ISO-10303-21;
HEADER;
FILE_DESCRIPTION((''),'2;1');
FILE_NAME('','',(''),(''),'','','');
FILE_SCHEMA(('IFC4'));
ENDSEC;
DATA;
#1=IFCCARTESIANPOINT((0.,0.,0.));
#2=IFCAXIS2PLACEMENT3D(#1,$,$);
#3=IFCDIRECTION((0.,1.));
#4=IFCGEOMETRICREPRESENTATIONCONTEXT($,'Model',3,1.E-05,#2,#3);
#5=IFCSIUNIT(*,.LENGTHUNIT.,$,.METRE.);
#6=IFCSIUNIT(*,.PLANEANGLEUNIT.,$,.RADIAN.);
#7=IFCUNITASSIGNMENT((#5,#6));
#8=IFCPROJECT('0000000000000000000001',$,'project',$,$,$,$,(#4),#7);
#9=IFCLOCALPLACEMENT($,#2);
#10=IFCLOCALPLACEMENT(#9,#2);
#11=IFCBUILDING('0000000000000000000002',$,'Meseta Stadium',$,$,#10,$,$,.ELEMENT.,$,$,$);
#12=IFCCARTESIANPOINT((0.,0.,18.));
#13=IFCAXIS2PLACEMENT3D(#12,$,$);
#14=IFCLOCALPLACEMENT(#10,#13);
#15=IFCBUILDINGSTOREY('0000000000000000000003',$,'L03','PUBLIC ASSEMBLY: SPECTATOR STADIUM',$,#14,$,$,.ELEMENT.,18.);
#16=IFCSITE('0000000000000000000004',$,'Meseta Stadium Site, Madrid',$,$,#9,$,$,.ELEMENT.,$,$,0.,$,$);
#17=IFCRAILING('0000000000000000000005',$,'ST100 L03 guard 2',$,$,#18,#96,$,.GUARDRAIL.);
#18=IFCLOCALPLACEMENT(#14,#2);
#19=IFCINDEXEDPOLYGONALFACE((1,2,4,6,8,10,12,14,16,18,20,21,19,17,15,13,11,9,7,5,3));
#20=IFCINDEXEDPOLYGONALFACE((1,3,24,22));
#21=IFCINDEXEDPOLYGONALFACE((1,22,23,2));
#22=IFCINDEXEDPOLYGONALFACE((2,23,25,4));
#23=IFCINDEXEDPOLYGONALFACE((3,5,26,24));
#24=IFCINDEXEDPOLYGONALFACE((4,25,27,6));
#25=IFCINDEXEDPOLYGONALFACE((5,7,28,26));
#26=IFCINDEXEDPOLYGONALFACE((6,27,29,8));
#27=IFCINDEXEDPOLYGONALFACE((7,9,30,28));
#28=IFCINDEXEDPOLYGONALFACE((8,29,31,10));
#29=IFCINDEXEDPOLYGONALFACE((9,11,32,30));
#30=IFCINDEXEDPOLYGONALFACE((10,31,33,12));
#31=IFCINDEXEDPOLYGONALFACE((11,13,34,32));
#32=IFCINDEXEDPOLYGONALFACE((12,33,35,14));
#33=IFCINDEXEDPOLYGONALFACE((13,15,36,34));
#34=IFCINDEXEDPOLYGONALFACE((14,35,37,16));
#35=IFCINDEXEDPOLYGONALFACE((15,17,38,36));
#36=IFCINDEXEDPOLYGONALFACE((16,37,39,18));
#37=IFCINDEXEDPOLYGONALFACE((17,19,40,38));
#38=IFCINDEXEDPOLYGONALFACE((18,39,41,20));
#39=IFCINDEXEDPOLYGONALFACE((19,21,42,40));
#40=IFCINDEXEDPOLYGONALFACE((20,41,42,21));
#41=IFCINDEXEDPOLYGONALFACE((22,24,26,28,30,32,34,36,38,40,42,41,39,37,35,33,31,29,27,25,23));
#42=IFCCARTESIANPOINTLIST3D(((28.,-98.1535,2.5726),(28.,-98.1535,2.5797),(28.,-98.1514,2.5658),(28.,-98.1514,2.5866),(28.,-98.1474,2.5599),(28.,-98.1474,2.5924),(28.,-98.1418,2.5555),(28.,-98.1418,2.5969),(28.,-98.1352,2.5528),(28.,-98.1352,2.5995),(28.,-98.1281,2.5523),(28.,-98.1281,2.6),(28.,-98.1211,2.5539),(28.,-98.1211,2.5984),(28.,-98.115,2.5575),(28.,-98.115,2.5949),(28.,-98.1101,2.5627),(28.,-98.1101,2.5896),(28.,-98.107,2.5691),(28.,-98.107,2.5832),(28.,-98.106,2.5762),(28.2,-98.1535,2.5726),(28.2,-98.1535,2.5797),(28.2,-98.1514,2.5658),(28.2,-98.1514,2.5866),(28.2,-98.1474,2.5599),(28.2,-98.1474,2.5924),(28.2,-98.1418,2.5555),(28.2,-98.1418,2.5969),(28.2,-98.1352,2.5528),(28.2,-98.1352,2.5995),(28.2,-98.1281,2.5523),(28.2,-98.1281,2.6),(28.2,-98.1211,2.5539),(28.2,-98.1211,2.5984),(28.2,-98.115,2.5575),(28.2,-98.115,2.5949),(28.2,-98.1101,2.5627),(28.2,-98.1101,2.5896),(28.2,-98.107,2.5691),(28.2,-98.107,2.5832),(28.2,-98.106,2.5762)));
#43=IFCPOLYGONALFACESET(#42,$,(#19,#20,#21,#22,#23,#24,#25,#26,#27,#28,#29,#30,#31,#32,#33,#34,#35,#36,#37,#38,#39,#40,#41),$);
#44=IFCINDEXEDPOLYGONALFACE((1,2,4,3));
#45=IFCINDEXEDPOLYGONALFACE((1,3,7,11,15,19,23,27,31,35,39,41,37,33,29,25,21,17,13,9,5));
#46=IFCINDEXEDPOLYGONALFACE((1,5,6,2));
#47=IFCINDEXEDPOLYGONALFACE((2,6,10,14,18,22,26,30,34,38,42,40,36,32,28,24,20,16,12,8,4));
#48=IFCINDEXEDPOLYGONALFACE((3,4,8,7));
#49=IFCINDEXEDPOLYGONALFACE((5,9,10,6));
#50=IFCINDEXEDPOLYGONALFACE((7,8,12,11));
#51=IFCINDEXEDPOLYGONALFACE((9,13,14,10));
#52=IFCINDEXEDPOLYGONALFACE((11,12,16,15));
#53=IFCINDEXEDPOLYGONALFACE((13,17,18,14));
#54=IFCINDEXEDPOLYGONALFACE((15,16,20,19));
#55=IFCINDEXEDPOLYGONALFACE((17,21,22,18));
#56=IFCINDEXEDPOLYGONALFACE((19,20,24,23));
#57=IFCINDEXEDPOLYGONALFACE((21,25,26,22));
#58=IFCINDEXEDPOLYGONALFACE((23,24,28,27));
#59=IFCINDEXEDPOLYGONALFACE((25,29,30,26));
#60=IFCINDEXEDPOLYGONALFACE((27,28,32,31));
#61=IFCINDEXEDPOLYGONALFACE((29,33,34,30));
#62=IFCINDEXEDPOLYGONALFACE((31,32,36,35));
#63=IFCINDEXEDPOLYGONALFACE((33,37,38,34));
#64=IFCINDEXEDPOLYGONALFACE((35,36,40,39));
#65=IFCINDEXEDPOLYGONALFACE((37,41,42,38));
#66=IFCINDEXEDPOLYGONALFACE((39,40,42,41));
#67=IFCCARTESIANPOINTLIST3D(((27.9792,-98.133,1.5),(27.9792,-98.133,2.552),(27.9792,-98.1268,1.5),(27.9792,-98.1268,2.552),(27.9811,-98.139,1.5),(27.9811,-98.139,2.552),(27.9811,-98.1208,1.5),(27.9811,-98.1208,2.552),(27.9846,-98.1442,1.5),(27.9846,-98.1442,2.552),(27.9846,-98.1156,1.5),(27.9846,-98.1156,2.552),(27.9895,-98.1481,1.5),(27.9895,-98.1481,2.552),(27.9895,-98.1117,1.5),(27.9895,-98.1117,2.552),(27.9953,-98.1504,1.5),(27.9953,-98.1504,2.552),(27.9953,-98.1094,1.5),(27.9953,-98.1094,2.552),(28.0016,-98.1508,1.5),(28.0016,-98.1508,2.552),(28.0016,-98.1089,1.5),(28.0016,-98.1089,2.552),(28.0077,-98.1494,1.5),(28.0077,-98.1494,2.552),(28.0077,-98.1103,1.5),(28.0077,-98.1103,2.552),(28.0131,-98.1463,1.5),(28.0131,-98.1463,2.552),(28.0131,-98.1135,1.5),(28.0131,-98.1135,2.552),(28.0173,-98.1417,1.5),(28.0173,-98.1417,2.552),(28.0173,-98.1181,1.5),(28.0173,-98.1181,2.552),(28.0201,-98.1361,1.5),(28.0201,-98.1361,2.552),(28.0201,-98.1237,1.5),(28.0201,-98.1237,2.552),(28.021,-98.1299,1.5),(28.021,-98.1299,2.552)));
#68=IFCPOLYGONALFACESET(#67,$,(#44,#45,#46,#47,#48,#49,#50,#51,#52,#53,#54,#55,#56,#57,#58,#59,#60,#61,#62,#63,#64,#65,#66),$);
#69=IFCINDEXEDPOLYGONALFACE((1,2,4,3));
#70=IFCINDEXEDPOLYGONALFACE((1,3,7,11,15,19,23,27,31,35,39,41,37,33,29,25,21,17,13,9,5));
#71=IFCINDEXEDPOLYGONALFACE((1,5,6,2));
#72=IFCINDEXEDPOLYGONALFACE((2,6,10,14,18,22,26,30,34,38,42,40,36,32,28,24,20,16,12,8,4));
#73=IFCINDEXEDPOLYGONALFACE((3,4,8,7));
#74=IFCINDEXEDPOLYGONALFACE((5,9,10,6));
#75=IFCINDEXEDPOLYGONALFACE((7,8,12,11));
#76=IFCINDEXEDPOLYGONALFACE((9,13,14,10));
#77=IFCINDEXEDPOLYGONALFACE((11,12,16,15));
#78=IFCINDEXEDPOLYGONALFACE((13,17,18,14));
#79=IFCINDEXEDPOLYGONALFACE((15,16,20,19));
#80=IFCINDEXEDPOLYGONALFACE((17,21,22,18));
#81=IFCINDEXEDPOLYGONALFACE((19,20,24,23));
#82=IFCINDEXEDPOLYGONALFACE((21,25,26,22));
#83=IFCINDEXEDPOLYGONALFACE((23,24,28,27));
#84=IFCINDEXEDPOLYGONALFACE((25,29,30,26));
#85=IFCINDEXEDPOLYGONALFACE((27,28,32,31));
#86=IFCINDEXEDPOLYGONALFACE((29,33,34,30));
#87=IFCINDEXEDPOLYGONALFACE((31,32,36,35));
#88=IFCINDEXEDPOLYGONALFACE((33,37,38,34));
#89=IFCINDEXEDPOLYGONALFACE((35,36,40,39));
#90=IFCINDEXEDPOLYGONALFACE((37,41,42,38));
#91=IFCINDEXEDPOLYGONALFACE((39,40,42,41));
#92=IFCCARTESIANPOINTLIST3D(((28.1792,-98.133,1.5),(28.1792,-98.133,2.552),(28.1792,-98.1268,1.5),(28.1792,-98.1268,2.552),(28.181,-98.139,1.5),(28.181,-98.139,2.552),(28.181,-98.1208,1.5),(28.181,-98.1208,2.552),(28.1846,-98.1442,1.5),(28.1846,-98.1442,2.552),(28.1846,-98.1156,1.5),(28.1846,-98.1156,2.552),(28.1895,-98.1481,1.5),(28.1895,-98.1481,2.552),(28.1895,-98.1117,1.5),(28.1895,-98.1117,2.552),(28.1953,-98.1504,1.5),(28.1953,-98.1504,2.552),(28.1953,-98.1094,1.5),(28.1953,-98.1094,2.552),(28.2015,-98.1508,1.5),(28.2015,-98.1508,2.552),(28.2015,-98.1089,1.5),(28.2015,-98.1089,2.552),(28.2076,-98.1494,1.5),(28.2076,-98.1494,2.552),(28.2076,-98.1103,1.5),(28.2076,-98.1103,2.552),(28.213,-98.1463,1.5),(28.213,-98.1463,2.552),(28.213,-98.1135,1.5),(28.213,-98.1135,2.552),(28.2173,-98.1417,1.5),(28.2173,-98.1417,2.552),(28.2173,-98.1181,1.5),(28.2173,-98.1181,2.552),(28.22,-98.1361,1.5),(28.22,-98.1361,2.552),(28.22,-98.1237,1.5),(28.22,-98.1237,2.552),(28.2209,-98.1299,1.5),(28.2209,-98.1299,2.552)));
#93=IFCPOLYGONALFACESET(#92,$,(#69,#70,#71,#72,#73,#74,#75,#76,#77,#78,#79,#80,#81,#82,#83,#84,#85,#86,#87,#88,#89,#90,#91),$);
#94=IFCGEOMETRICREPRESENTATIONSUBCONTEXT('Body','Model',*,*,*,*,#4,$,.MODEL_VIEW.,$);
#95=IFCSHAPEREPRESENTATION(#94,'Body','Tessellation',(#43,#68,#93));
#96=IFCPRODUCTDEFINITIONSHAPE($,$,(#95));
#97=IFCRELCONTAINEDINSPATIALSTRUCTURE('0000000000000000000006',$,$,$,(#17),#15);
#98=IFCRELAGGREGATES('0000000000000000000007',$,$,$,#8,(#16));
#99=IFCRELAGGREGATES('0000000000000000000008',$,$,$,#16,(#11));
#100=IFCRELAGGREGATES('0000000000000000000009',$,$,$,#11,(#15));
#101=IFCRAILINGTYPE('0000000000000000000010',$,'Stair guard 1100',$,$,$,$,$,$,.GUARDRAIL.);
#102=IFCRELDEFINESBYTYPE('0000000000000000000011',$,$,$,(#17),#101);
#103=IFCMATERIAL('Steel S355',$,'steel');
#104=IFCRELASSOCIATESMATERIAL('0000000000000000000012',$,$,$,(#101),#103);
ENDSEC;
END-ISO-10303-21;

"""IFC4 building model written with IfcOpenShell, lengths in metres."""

from ifc_helpers import new_model, si_unit, direction, frame, origin, origin_2d, place, context, subcontext, project, spatial, circle, extrude, material, type_object, element, save


model = new_model("IFC4")

# Units and contexts
model_context = context("Model", 3, precision=1e-05, world=origin(), true_north=direction((0.0, 1.0)))
body_context = subcontext(model_context, "Body", "Model", "MODEL_VIEW")
ifc_project = project(units=[si_unit("LENGTHUNIT", "METRE"), si_unit("PLANEANGLEUNIT", "RADIAN")], contexts=[model_context])

# Site, building, storey
site_placement = place(None, origin())
site = spatial("IfcSite", under=ifc_project, at=site_placement, Name="Meseta Stadium Site, Madrid", CompositionType="ELEMENT", RefElevation=0.0)
building_placement = place(site_placement, origin())
building = spatial("IfcBuilding", under=site, at=building_placement, Name="Meseta Stadium", CompositionType="ELEMENT")
storey_placement = place(building_placement, frame((0.0, 0.0, 18.0)))
storey = spatial("IfcBuildingStorey", under=building, at=storey_placement, Name="L03", Description="PUBLIC ASSEMBLY: SPECTATOR STADIUM", CompositionType="ELEMENT", Elevation=18.0)

# Railing
ifc_material_1 = material(Name="Steel S355", Category="steel")
railing_type_1 = type_object("IfcRailingType", Name="Stair guard 1100", PredefinedType="GUARDRAIL", material=ifc_material_1)
railing_1_placement = place(storey_placement, frame((28.0, -98.1299, 1.5)))
element("IfcRailing", 1, at=railing_1_placement, inside=storey, type_object=railing_type_1, Name="ST100 L03 guard 2", PredefinedType="GUARDRAIL", context=body_context, shape_type="SweptSolid", body=[
    extrude(circle(Radius=0.0239, at=origin_2d()), frame((0.0, 0.0, 1.0762), z_axis=(1.0, 0.0, 0.0), x_axis=(0.0, 1.0, 0.0)), (0.0, 0.0, 1.0), 0.2),
    extrude(circle(Radius=0.021, at=origin_2d()), origin(), (0.0, 0.0, 1.0), 1.052),
    extrude(circle(Radius=0.021, at=origin_2d()), frame((0.2, 0.0, 0.0)), (0.0, 0.0, 1.0), 1.052),
])

save(model, "model.ifc")
